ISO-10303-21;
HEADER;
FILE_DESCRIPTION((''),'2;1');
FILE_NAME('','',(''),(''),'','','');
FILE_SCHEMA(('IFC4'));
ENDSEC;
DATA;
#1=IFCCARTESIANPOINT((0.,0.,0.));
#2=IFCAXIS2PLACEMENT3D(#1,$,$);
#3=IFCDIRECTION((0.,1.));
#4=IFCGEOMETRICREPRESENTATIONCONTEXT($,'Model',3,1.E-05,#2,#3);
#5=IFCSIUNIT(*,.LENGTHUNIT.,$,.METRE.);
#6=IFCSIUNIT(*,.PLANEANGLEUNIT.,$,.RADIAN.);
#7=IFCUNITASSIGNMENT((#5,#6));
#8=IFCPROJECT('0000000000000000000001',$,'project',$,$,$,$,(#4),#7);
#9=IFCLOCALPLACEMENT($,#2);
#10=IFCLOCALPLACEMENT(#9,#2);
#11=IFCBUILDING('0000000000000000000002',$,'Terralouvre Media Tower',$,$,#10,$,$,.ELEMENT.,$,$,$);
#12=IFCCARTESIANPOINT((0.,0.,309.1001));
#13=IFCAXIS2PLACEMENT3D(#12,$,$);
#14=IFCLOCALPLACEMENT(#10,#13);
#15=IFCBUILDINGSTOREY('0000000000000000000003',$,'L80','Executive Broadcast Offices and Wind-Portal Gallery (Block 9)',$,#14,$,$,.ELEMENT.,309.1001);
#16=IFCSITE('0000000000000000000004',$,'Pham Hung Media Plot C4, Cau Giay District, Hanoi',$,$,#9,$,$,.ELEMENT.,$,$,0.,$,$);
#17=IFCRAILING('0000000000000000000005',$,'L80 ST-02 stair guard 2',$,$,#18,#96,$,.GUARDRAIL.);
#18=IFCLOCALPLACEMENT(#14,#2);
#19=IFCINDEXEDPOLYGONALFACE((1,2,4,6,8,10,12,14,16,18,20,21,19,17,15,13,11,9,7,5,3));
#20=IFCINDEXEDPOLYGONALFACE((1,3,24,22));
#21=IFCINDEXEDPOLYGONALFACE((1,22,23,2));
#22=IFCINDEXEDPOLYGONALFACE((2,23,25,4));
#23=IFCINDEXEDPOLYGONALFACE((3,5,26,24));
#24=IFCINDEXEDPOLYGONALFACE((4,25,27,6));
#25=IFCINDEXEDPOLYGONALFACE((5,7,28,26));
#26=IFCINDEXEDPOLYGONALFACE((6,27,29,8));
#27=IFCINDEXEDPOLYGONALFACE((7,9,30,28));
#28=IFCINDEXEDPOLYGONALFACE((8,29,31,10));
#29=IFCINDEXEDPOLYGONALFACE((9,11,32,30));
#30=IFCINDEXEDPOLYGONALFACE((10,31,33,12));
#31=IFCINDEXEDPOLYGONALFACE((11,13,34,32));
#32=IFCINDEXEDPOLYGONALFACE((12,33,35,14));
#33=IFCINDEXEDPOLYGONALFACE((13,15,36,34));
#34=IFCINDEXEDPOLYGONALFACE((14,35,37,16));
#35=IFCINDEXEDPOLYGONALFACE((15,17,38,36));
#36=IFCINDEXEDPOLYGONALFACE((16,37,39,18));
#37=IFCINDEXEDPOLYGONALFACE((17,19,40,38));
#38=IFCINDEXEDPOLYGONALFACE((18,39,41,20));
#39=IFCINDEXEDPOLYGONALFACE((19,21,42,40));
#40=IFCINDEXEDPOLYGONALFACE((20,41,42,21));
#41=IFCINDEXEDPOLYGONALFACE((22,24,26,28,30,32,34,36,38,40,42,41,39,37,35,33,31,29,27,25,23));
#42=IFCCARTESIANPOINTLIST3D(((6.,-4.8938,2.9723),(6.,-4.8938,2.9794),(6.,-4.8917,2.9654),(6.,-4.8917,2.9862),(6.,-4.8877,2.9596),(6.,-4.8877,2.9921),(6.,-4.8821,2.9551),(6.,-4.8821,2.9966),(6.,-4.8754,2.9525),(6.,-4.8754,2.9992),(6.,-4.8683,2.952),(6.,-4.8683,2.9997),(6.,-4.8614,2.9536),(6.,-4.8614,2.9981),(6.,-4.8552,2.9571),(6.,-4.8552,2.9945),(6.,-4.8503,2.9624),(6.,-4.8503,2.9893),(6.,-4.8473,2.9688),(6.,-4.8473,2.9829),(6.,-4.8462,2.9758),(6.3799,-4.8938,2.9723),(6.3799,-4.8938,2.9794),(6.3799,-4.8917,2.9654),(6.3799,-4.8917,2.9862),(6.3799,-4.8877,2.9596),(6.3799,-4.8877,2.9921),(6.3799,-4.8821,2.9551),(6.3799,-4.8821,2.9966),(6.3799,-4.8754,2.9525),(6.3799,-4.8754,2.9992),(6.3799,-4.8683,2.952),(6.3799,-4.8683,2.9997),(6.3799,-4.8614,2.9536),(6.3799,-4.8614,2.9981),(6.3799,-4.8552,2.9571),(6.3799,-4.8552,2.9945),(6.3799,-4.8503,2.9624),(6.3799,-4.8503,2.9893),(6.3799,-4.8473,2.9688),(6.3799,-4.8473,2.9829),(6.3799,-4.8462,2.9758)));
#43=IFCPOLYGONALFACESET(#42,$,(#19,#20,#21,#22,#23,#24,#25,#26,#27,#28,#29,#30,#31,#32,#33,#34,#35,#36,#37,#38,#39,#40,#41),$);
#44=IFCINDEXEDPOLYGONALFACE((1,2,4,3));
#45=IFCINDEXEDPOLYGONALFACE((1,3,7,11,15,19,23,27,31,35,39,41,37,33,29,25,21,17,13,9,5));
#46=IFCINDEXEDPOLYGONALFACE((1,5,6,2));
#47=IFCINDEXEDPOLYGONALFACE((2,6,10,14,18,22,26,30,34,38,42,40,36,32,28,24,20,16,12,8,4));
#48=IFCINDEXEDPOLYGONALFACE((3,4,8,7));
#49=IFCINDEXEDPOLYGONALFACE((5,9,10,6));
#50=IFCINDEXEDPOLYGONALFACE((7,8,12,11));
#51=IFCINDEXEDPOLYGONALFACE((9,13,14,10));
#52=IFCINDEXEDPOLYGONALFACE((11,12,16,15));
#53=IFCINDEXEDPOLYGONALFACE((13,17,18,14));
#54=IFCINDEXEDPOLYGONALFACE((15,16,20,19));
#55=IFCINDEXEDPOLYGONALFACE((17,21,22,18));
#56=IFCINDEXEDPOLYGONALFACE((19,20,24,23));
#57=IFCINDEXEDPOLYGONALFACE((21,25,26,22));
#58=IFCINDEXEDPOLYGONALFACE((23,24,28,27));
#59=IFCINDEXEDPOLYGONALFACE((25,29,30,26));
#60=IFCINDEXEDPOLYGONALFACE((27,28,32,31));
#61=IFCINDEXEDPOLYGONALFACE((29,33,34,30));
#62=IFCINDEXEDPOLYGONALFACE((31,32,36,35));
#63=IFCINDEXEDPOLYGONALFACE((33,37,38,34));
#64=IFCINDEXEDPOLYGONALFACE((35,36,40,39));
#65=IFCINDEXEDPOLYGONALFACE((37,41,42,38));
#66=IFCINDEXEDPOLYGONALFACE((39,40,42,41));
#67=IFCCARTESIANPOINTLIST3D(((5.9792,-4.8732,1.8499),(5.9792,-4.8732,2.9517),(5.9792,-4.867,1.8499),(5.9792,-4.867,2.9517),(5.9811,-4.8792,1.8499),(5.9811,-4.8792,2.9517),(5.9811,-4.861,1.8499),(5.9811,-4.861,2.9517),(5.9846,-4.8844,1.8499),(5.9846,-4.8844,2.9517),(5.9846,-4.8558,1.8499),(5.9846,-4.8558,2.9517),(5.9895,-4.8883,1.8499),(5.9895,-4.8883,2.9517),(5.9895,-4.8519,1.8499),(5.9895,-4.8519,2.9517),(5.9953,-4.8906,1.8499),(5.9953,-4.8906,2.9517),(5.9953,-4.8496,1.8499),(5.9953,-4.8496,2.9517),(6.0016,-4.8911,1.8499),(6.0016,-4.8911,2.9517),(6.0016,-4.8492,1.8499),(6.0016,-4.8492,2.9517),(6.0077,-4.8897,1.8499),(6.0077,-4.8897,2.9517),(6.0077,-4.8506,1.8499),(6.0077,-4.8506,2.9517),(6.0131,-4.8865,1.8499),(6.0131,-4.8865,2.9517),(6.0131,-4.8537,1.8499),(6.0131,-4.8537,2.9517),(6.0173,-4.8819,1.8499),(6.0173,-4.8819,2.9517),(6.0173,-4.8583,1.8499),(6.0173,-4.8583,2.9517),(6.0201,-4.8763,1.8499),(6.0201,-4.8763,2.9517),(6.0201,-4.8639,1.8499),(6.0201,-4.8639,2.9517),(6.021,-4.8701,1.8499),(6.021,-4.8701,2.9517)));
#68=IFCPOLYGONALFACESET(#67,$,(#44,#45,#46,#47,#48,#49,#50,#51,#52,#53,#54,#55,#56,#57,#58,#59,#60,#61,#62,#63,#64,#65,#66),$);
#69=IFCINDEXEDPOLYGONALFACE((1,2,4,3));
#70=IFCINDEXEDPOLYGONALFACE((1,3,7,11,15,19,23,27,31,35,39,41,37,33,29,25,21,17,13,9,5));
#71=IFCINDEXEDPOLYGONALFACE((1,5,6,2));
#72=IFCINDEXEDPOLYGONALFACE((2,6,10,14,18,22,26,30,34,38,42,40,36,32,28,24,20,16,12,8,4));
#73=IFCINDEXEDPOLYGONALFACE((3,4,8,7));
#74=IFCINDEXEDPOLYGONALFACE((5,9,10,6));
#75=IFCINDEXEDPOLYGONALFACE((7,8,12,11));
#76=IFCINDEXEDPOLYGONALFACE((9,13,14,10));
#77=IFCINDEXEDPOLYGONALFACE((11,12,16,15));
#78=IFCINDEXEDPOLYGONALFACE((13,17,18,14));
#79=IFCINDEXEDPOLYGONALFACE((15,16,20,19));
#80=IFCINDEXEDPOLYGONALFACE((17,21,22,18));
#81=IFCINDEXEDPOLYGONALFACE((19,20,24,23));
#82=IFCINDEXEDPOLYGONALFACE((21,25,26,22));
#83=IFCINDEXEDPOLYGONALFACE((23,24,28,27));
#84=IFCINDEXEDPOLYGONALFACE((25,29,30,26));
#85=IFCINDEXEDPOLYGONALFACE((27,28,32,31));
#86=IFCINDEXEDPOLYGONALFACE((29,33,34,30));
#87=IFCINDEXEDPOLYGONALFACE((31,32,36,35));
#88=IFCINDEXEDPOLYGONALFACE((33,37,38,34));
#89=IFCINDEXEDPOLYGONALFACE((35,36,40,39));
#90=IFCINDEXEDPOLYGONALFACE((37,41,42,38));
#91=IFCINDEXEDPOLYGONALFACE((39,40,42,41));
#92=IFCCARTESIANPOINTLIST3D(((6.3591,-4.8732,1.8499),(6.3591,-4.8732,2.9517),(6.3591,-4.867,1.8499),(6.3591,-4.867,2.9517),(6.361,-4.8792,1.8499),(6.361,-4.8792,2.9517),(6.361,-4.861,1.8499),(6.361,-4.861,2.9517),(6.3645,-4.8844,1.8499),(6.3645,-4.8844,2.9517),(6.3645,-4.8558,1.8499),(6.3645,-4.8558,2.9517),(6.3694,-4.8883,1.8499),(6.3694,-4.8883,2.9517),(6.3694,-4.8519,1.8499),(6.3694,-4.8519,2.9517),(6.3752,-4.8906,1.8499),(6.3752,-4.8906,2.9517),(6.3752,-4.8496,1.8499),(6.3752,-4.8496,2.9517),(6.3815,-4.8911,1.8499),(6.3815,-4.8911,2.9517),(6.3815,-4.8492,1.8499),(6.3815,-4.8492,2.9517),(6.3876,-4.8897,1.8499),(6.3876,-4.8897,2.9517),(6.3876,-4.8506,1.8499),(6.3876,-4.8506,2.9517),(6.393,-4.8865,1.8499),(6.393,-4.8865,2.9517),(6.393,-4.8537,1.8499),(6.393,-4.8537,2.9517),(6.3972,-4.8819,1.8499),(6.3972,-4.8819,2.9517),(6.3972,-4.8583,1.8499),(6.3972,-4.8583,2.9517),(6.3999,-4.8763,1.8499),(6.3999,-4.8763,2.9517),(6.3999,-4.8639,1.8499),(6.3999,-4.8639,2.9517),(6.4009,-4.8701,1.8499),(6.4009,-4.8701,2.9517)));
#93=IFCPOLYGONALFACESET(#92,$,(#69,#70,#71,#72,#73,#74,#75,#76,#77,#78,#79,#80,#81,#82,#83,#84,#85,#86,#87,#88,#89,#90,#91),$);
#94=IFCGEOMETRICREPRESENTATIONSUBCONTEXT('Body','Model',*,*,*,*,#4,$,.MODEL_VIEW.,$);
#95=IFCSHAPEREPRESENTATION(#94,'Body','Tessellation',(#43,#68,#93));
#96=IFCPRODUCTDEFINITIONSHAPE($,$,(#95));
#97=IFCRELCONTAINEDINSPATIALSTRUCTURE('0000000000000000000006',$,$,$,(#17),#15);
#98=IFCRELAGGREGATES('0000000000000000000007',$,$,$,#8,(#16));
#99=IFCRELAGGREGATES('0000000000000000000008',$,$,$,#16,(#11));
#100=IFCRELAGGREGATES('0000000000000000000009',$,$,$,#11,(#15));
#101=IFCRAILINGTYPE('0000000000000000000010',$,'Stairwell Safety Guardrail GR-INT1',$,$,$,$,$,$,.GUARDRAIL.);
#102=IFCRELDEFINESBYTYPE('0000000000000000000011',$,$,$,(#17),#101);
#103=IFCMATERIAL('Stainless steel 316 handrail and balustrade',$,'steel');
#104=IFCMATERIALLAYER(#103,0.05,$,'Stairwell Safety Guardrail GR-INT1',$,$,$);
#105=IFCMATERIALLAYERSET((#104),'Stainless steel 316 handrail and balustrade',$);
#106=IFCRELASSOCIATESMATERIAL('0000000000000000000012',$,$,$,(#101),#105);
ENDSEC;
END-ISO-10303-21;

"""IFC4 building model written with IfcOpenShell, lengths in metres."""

from ifc_helpers import new_model, si_unit, direction, frame, origin, origin_2d, place, context, subcontext, project, spatial, circle, extrude, material, layer, layer_set, type_object, element, save


model = new_model("IFC4")

# Units and contexts
model_context = context("Model", 3, precision=1e-05, world=origin(), true_north=direction((0.0, 1.0)))
body_context = subcontext(model_context, "Body", "Model", "MODEL_VIEW")
ifc_project = project(units=[si_unit("LENGTHUNIT", "METRE"), si_unit("PLANEANGLEUNIT", "RADIAN")], contexts=[model_context])

# Site, building, storey
site_placement = place(None, origin())
site = spatial("IfcSite", under=ifc_project, at=site_placement, Name="Pham Hung Media Plot C4, Cau Giay District, Hanoi", CompositionType="ELEMENT", RefElevation=0.0)
building_placement = place(site_placement, origin())
building = spatial("IfcBuilding", under=site, at=building_placement, Name="Terralouvre Media Tower", CompositionType="ELEMENT")
storey_placement = place(building_placement, frame((0.0, 0.0, 309.1001)))
storey = spatial("IfcBuildingStorey", under=building, at=storey_placement, Name="L80", Description="Executive Broadcast Offices and Wind-Portal Gallery (Block 9)", CompositionType="ELEMENT", Elevation=309.1001)

# Railing
ifc_material_1 = material(Name="Stainless steel 316 handrail and balustrade", Category="steel")
ifc_layer_1 = layer(ifc_material_1, 0.05, Name="Stairwell Safety Guardrail GR-INT1")
ifc_layer_set_1 = layer_set([ifc_layer_1], Name="Stainless steel 316 handrail and balustrade")
railing_type_1 = type_object("IfcRailingType", Name="Stairwell Safety Guardrail GR-INT1", PredefinedType="GUARDRAIL", material=ifc_layer_set_1)
railing_1_placement = place(storey_placement, frame((6.0, -4.8701, 1.8499)))
element("IfcRailing", 1, at=railing_1_placement, inside=storey, type_object=railing_type_1, Name="L80 ST-02 stair guard 2", PredefinedType="GUARDRAIL", context=body_context, shape_type="SweptSolid", body=[
    extrude(circle(Radius=0.0239, at=origin_2d()), frame((0.0, 0.0, 1.126), z_axis=(1.0, 0.0, 0.0), x_axis=(0.0, 1.0, 0.0)), (0.0, 0.0, 1.0), 0.3799),
    extrude(circle(Radius=0.021, at=origin_2d()), origin(), (0.0, 0.0, 1.0), 1.1018),
    extrude(circle(Radius=0.021, at=origin_2d()), frame((0.3799, 0.0, 0.0)), (0.0, 0.0, 1.0), 1.1018),
])

save(model, "model.ifc")
